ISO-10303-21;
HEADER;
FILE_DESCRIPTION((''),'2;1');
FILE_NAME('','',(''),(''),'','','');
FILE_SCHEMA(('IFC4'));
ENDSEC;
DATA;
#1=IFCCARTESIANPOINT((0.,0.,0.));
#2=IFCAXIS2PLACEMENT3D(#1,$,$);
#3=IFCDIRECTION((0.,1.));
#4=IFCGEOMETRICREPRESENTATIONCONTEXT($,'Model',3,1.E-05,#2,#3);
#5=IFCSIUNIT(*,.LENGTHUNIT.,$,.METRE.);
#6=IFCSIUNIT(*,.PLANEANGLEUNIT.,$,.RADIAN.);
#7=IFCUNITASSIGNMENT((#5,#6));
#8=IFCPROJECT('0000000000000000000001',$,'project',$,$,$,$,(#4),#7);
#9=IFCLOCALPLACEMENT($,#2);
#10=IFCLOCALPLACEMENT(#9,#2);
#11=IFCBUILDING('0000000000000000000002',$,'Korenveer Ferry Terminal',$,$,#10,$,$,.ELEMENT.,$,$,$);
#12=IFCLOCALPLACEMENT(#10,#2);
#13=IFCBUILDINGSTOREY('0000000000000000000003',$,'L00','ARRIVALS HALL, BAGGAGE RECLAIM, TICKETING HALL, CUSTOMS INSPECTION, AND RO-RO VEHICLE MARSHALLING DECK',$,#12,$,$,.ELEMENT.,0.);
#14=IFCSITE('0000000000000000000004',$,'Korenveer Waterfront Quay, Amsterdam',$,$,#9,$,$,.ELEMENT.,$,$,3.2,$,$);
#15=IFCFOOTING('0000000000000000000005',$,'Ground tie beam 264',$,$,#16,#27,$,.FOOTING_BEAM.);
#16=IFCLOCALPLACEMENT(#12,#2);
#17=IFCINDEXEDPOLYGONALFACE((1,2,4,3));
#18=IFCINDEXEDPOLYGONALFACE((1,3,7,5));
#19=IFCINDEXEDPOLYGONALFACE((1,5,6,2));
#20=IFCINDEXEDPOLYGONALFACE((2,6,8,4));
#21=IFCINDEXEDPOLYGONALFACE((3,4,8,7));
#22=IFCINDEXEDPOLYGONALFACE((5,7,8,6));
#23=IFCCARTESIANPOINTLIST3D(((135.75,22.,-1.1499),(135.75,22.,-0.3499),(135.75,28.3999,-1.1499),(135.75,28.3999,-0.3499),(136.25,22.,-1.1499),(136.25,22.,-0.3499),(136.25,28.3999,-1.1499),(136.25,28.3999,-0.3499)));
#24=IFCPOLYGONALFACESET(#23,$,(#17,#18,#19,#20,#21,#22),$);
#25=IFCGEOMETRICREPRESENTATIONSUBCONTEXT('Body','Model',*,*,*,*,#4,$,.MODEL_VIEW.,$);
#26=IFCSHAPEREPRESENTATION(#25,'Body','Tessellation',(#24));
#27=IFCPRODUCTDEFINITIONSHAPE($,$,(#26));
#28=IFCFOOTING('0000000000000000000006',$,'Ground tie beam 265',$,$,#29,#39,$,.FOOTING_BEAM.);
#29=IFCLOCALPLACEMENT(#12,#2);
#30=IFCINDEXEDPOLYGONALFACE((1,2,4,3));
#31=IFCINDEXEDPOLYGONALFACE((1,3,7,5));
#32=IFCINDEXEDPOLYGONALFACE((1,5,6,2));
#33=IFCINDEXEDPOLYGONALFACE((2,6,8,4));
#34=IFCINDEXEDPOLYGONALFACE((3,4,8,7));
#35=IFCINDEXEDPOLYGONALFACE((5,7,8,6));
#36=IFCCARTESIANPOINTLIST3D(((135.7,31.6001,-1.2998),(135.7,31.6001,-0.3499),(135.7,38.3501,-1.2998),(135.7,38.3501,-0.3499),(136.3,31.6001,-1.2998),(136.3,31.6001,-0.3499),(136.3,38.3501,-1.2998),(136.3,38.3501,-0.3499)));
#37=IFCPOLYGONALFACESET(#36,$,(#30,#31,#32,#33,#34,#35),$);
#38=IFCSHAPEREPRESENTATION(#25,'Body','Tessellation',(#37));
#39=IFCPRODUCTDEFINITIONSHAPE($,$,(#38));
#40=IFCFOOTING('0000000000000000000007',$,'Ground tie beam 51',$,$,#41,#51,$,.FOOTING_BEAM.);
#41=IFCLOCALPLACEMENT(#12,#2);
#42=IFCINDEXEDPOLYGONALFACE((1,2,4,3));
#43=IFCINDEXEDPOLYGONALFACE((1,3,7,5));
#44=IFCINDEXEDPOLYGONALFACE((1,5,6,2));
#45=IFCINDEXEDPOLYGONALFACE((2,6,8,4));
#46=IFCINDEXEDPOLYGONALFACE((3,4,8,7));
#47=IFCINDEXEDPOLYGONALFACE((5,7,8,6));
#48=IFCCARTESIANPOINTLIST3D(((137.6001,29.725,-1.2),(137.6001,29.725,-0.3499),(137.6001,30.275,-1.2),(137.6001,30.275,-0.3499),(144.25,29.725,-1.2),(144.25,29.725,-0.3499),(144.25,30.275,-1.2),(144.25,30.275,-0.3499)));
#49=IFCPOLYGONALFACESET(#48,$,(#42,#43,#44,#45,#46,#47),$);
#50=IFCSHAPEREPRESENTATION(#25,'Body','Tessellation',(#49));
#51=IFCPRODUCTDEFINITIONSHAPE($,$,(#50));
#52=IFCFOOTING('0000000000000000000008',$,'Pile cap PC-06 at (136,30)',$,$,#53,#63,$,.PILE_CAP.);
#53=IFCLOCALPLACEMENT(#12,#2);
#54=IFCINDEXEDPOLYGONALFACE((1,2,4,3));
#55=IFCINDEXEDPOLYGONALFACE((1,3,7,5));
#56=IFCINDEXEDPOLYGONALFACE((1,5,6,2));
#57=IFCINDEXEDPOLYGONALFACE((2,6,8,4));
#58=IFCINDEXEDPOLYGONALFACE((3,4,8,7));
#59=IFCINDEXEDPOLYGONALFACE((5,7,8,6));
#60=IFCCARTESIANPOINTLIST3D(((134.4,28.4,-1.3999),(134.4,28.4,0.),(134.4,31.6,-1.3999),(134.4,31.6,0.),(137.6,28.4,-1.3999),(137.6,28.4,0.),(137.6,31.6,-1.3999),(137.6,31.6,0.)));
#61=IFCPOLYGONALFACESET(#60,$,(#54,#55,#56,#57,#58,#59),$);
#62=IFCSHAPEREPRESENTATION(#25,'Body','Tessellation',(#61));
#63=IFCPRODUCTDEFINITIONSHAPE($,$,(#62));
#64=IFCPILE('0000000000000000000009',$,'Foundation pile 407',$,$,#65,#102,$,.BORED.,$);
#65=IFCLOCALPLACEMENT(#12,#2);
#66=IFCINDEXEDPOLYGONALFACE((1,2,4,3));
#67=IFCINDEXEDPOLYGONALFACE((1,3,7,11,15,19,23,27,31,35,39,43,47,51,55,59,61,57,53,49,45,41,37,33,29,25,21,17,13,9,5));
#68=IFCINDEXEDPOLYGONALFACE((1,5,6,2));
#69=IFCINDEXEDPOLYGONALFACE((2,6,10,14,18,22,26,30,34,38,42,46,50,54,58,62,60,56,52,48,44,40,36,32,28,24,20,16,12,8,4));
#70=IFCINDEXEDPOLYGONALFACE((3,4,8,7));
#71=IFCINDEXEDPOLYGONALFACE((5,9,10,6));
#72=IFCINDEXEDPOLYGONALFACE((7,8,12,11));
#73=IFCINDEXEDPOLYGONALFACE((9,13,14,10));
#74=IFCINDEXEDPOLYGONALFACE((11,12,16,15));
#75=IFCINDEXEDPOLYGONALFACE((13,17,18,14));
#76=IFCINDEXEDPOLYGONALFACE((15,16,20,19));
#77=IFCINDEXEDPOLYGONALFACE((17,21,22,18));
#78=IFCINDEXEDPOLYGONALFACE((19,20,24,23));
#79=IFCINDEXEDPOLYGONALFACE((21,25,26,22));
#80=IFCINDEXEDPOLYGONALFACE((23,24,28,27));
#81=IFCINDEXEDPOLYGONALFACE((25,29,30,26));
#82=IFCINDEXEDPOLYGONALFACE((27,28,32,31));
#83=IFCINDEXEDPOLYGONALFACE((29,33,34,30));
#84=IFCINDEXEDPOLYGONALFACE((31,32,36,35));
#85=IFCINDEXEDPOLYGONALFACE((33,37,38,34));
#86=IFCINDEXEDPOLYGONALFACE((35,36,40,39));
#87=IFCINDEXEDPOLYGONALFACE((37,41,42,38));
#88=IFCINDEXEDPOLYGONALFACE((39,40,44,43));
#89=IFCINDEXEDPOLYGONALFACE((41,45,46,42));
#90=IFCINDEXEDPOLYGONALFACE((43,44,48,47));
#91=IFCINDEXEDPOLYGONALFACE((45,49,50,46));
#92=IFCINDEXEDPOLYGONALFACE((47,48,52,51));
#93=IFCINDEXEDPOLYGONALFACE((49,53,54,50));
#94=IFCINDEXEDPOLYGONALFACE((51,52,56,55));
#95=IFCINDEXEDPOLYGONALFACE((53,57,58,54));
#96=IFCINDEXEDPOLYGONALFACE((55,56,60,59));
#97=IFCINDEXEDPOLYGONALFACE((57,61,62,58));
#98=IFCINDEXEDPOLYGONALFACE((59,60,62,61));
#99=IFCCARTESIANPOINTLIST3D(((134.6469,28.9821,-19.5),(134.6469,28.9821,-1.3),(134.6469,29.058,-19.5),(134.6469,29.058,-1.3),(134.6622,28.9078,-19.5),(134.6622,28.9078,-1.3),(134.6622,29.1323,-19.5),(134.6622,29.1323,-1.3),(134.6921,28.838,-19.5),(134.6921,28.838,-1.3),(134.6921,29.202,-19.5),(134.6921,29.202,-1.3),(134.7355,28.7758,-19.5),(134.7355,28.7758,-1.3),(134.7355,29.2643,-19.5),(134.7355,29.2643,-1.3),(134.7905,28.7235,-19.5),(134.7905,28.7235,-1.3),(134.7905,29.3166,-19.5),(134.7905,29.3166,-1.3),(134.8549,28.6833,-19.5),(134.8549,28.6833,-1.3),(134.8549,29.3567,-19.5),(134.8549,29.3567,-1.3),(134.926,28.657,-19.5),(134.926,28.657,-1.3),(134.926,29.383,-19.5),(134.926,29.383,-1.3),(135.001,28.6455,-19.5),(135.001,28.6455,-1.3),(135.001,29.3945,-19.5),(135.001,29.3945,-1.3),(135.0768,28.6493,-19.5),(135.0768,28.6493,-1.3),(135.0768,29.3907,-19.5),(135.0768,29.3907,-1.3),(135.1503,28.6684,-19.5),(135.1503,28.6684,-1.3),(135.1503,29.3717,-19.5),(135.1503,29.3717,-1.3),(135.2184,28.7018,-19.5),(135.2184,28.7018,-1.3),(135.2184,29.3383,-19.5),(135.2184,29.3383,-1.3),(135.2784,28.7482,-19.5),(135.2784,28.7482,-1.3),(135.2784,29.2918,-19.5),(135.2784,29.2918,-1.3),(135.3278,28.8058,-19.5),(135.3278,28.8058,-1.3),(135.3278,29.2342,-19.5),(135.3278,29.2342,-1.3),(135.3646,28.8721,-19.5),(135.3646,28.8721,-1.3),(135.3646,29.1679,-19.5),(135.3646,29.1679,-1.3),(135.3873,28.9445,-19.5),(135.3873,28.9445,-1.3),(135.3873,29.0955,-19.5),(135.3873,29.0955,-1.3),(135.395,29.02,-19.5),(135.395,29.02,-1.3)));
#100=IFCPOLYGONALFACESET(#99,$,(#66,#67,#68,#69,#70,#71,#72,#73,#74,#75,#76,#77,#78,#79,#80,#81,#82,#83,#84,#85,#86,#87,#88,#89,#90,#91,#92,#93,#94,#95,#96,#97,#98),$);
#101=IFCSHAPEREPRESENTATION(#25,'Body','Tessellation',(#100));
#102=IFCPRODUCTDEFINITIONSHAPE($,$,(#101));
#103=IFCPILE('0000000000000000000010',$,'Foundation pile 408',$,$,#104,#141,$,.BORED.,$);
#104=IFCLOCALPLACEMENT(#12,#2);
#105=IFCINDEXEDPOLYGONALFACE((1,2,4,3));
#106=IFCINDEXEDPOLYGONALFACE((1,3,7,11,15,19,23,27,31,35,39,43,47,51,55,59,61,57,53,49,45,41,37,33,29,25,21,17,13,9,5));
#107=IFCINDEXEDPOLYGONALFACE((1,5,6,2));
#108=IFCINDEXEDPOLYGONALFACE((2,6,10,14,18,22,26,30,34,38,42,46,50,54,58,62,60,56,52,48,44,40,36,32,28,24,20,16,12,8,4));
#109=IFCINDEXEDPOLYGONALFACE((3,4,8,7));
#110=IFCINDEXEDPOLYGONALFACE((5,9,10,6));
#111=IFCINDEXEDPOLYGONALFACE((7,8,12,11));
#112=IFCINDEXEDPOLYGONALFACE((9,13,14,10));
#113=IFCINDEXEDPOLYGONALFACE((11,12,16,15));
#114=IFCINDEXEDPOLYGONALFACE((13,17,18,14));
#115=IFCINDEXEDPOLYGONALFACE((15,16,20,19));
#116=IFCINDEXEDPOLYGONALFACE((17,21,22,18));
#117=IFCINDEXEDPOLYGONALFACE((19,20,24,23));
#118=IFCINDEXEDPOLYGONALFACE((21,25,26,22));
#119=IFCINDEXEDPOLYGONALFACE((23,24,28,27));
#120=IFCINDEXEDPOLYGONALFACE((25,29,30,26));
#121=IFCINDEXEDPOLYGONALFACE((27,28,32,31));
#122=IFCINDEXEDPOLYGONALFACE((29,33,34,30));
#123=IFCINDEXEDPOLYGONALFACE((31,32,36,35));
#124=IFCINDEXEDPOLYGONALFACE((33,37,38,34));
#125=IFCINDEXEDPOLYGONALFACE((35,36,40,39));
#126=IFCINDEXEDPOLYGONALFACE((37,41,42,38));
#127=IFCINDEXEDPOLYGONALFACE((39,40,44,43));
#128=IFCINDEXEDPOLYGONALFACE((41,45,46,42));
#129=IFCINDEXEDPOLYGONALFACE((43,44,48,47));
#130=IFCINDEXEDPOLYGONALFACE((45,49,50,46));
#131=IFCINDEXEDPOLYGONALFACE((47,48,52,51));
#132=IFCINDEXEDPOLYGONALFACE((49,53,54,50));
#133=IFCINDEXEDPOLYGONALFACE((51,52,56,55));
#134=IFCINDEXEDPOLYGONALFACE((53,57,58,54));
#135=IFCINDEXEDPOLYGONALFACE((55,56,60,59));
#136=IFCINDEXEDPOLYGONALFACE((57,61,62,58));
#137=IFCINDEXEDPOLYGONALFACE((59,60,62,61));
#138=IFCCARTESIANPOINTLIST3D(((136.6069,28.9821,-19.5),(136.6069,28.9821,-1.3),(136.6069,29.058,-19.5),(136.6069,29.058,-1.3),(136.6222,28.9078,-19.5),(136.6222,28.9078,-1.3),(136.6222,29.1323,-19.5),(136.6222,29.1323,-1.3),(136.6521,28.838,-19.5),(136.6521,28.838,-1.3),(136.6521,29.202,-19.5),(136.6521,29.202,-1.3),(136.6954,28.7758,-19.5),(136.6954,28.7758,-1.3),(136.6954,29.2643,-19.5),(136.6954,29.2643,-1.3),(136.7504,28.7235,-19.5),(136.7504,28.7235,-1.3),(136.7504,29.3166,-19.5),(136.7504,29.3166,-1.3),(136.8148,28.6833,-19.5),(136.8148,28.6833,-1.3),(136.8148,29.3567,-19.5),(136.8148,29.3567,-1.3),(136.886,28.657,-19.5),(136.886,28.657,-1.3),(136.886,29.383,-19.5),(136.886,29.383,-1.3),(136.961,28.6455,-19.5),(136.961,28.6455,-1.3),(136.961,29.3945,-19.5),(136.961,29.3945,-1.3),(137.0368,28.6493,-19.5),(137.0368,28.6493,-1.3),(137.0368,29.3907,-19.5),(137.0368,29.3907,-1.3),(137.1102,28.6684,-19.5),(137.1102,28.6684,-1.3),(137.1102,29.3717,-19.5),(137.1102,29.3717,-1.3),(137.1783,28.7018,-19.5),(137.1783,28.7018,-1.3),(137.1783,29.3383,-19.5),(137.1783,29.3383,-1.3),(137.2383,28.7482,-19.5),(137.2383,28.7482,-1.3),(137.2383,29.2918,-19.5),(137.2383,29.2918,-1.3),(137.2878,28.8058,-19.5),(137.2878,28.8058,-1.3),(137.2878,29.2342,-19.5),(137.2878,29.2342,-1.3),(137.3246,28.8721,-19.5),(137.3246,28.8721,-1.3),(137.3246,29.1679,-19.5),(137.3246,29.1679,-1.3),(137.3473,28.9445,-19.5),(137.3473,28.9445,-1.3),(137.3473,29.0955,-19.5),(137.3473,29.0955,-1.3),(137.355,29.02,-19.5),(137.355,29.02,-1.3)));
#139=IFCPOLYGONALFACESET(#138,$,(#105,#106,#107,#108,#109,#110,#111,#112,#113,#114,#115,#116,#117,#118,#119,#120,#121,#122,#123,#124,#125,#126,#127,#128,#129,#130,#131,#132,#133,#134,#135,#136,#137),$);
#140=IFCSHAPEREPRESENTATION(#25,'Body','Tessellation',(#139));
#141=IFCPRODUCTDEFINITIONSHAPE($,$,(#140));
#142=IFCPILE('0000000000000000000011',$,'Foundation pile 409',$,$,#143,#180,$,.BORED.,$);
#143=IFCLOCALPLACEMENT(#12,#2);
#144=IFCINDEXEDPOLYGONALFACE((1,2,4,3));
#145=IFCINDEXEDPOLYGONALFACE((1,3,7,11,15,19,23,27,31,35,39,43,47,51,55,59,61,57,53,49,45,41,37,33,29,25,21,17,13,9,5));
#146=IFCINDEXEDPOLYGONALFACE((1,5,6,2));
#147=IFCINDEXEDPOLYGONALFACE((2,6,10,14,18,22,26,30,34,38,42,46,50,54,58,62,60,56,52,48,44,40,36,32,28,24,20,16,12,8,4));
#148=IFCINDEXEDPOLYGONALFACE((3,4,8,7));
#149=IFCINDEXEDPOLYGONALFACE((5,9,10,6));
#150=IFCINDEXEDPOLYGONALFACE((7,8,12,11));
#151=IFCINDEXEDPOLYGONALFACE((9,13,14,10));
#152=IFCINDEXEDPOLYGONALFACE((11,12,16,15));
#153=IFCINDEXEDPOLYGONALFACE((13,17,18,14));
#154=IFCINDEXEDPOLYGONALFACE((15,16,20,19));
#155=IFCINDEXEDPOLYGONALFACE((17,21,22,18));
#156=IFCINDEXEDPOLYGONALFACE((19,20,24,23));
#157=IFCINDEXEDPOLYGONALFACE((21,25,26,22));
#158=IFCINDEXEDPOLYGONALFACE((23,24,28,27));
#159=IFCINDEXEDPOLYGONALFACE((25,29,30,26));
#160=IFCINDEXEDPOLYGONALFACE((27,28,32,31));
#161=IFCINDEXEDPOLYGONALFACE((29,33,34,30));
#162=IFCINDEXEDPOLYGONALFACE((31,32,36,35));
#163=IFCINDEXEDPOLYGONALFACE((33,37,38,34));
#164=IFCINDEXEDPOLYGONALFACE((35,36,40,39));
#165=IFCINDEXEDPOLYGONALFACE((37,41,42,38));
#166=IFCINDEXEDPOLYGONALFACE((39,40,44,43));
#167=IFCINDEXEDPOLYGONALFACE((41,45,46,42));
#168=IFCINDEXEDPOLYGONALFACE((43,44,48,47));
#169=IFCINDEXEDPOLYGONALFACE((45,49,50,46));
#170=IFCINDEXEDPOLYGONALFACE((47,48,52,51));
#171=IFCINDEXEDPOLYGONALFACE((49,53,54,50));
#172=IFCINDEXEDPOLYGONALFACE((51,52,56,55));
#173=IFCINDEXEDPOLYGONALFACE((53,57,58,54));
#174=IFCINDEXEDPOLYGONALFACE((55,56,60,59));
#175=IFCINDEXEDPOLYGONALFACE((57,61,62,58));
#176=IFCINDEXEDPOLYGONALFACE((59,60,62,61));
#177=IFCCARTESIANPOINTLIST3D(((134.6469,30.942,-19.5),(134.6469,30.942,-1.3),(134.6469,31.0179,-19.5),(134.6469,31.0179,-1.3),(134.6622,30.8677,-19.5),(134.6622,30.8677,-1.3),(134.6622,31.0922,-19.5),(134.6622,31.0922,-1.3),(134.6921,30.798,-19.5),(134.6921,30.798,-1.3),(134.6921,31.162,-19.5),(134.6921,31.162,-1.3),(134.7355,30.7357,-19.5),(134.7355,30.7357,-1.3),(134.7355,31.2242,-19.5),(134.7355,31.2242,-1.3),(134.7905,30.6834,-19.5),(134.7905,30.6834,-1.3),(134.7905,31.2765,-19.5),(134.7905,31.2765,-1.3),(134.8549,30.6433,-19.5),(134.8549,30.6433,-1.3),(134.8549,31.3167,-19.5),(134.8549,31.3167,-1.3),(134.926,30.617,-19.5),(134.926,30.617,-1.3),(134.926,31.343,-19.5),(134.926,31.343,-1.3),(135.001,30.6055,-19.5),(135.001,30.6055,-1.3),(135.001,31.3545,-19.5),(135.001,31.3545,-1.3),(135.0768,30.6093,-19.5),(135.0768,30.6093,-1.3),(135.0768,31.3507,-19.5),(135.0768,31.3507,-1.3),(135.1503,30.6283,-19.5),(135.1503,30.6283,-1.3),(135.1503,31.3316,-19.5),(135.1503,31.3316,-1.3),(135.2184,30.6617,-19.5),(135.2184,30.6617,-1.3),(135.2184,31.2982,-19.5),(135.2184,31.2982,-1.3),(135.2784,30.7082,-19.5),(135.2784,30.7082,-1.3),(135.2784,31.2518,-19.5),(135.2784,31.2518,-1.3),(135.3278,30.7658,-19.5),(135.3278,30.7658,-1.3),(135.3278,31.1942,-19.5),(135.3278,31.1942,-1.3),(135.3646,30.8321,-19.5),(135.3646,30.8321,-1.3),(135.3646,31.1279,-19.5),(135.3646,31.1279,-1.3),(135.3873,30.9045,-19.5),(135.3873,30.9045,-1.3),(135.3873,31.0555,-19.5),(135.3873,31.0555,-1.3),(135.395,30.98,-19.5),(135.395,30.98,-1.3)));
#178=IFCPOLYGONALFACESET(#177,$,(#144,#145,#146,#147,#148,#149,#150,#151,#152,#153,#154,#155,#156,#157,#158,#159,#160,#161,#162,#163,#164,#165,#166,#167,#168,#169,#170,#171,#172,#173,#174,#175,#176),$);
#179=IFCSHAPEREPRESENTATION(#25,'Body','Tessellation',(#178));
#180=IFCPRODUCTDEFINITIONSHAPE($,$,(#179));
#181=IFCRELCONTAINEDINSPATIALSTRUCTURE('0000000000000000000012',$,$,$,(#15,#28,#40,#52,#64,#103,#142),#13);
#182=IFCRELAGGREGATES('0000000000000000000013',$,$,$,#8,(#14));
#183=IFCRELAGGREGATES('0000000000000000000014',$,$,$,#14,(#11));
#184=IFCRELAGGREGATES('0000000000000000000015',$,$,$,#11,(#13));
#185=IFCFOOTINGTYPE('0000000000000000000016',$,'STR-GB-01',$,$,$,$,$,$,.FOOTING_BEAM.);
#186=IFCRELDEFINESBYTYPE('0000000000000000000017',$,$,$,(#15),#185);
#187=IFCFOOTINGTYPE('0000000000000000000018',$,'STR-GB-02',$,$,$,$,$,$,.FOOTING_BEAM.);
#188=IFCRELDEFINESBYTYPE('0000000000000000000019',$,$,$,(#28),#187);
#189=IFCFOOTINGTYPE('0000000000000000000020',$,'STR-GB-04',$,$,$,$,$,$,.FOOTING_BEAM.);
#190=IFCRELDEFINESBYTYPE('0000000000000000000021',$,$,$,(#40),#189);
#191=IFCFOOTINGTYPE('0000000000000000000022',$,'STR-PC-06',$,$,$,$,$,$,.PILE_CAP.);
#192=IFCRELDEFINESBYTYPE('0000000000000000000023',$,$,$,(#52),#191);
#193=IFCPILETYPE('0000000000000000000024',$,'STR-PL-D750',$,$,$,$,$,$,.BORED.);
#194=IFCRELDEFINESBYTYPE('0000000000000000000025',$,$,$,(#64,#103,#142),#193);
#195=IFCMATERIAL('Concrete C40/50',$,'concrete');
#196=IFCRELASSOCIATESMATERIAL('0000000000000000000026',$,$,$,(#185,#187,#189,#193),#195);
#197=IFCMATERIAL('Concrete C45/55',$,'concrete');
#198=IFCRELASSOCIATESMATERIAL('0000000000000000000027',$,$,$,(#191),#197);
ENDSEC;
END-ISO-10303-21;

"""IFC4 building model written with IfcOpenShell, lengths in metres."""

from ifc_helpers import new_model, si_unit, direction, frame, origin, origin_2d, place, context, subcontext, project, spatial, rectangle, circle, extrude, material, material_profile, profile_set, type_object, element, save


model = new_model("IFC4")

# Units and contexts
model_context = context("Model", 3, precision=1e-05, world=origin(), true_north=direction((0.0, 1.0)))
body_context = subcontext(model_context, "Body", "Model", "MODEL_VIEW")
ifc_project = project(units=[si_unit("LENGTHUNIT", "METRE"), si_unit("PLANEANGLEUNIT", "RADIAN")], contexts=[model_context])

# Site, building, storey
site_placement = place(None, origin())
site = spatial("IfcSite", under=ifc_project, at=site_placement, Name="Korenveer Waterfront Quay, Amsterdam", CompositionType="ELEMENT", RefElevation=3.2)
building_placement = place(site_placement, origin())
building = spatial("IfcBuilding", under=site, at=building_placement, Name="Korenveer Ferry Terminal", CompositionType="ELEMENT")
storey_placement = place(building_placement, origin())
storey = spatial("IfcBuildingStorey", under=building, at=storey_placement, Name="L00", Description="ARRIVALS HALL, BAGGAGE RECLAIM, TICKETING HALL, CUSTOMS INSPECTION, AND RO-RO VEHICLE MARSHALLING DECK", CompositionType="ELEMENT", Elevation=0.0)

# Footings
ifc_material_1 = material(Name="Concrete C40/50", Category="concrete")
footing_type_1 = type_object("IfcFootingType", Name="STR-GB-01", PredefinedType="FOOTING_BEAM", material=ifc_material_1)
footing_1_placement = place(storey_placement, frame((136.0, 25.2, -1.1499), z_axis=(0.0, 0.0, 1.0), x_axis=(1.0, 0.0, 0.0)))
element("IfcFooting", 1, at=footing_1_placement, inside=storey, type_object=footing_type_1, Name="Ground tie beam 264", PredefinedType="FOOTING_BEAM", context=body_context, shape_type="SweptSolid", body=[
    extrude(rectangle(XDim=0.5, YDim=6.3999, at=origin_2d()), origin(), (0.0, 0.0, 1.0), 0.8),
])
footing_type_2 = type_object("IfcFootingType", Name="STR-GB-02", PredefinedType="FOOTING_BEAM", material=ifc_material_1)
footing_2_placement = place(storey_placement, frame((136.0, 34.9751, -1.2998), z_axis=(0.0, 0.0, 1.0), x_axis=(1.0, 0.0, 0.0)))
element("IfcFooting", 2, at=footing_2_placement, inside=storey, type_object=footing_type_2, Name="Ground tie beam 265", PredefinedType="FOOTING_BEAM", context=body_context, shape_type="SweptSolid", body=[
    extrude(rectangle(XDim=0.6001, YDim=6.75, at=origin_2d()), origin(), (0.0, 0.0, 1.0), 0.95),
])
footing_type_3 = type_object("IfcFootingType", Name="STR-GB-04", PredefinedType="FOOTING_BEAM", material=ifc_material_1)
footing_3_placement = place(storey_placement, frame((140.925, 30.0, -1.2), z_axis=(0.0, 0.0, 1.0), x_axis=(1.0, 0.0, 0.0)))
element("IfcFooting", 3, at=footing_3_placement, inside=storey, type_object=footing_type_3, Name="Ground tie beam 51", PredefinedType="FOOTING_BEAM", context=body_context, shape_type="SweptSolid", body=[
    extrude(rectangle(XDim=6.6499, YDim=0.55, at=origin_2d()), origin(), (0.0, 0.0, 1.0), 0.8501),
])
ifc_material_2 = material(Name="Concrete C45/55", Category="concrete")
footing_type_4 = type_object("IfcFootingType", Name="STR-PC-06", PredefinedType="PILE_CAP", material=ifc_material_2)
footing_4_placement = place(storey_placement, frame((136.0, 30.0, -1.3999), z_axis=(0.0, 0.0, 1.0), x_axis=(1.0, 0.0, 0.0)))
element("IfcFooting", 4, at=footing_4_placement, inside=storey, type_object=footing_type_4, Name="Pile cap PC-06 at (136,30)", PredefinedType="PILE_CAP", context=body_context, shape_type="SweptSolid", body=[
    extrude(rectangle(XDim=3.2, YDim=3.2, at=origin_2d()), origin(), (0.0, 0.0, 1.0), 1.3999),
])

# Piles
ifc_material_profile_1 = material_profile(ifc_material_1, circle(Radius=0.375, at=origin_2d()), Name="PILE D750")
ifc_profile_set_1 = profile_set([ifc_material_profile_1], Name="Concrete C40/50")
pile_type_1 = type_object("IfcPileType", Name="STR-PL-D750", PredefinedType="BORED", material=ifc_profile_set_1)
for number, where, z_axis, x_axis, name in (
    (5, (135.02, 29.02, -1.3), (0.0, 0.0, -1.0), (1.0, 0.0, 0.0), "Foundation pile 407"),
    (6, (136.98, 29.02, -1.3), (0.0, 0.0, -1.0), (1.0, 0.0, 0.0), "Foundation pile 408"),
    (7, (135.02, 30.98, -1.3), (0.0, 0.0, -1.0), (1.0, 0.0, 0.0), "Foundation pile 409"),
):
    element("IfcPile", number, at=place(storey_placement, frame(where, z_axis=z_axis, x_axis=x_axis)), inside=storey, type_object=pile_type_1, Name=name, PredefinedType="BORED", context=body_context, shape_type="SweptSolid", body=[
        extrude(circle(Radius=0.375, at=origin_2d()), origin(), (0.0, 0.0, 1.0), 18.2),
    ])

save(model, "model.ifc")
